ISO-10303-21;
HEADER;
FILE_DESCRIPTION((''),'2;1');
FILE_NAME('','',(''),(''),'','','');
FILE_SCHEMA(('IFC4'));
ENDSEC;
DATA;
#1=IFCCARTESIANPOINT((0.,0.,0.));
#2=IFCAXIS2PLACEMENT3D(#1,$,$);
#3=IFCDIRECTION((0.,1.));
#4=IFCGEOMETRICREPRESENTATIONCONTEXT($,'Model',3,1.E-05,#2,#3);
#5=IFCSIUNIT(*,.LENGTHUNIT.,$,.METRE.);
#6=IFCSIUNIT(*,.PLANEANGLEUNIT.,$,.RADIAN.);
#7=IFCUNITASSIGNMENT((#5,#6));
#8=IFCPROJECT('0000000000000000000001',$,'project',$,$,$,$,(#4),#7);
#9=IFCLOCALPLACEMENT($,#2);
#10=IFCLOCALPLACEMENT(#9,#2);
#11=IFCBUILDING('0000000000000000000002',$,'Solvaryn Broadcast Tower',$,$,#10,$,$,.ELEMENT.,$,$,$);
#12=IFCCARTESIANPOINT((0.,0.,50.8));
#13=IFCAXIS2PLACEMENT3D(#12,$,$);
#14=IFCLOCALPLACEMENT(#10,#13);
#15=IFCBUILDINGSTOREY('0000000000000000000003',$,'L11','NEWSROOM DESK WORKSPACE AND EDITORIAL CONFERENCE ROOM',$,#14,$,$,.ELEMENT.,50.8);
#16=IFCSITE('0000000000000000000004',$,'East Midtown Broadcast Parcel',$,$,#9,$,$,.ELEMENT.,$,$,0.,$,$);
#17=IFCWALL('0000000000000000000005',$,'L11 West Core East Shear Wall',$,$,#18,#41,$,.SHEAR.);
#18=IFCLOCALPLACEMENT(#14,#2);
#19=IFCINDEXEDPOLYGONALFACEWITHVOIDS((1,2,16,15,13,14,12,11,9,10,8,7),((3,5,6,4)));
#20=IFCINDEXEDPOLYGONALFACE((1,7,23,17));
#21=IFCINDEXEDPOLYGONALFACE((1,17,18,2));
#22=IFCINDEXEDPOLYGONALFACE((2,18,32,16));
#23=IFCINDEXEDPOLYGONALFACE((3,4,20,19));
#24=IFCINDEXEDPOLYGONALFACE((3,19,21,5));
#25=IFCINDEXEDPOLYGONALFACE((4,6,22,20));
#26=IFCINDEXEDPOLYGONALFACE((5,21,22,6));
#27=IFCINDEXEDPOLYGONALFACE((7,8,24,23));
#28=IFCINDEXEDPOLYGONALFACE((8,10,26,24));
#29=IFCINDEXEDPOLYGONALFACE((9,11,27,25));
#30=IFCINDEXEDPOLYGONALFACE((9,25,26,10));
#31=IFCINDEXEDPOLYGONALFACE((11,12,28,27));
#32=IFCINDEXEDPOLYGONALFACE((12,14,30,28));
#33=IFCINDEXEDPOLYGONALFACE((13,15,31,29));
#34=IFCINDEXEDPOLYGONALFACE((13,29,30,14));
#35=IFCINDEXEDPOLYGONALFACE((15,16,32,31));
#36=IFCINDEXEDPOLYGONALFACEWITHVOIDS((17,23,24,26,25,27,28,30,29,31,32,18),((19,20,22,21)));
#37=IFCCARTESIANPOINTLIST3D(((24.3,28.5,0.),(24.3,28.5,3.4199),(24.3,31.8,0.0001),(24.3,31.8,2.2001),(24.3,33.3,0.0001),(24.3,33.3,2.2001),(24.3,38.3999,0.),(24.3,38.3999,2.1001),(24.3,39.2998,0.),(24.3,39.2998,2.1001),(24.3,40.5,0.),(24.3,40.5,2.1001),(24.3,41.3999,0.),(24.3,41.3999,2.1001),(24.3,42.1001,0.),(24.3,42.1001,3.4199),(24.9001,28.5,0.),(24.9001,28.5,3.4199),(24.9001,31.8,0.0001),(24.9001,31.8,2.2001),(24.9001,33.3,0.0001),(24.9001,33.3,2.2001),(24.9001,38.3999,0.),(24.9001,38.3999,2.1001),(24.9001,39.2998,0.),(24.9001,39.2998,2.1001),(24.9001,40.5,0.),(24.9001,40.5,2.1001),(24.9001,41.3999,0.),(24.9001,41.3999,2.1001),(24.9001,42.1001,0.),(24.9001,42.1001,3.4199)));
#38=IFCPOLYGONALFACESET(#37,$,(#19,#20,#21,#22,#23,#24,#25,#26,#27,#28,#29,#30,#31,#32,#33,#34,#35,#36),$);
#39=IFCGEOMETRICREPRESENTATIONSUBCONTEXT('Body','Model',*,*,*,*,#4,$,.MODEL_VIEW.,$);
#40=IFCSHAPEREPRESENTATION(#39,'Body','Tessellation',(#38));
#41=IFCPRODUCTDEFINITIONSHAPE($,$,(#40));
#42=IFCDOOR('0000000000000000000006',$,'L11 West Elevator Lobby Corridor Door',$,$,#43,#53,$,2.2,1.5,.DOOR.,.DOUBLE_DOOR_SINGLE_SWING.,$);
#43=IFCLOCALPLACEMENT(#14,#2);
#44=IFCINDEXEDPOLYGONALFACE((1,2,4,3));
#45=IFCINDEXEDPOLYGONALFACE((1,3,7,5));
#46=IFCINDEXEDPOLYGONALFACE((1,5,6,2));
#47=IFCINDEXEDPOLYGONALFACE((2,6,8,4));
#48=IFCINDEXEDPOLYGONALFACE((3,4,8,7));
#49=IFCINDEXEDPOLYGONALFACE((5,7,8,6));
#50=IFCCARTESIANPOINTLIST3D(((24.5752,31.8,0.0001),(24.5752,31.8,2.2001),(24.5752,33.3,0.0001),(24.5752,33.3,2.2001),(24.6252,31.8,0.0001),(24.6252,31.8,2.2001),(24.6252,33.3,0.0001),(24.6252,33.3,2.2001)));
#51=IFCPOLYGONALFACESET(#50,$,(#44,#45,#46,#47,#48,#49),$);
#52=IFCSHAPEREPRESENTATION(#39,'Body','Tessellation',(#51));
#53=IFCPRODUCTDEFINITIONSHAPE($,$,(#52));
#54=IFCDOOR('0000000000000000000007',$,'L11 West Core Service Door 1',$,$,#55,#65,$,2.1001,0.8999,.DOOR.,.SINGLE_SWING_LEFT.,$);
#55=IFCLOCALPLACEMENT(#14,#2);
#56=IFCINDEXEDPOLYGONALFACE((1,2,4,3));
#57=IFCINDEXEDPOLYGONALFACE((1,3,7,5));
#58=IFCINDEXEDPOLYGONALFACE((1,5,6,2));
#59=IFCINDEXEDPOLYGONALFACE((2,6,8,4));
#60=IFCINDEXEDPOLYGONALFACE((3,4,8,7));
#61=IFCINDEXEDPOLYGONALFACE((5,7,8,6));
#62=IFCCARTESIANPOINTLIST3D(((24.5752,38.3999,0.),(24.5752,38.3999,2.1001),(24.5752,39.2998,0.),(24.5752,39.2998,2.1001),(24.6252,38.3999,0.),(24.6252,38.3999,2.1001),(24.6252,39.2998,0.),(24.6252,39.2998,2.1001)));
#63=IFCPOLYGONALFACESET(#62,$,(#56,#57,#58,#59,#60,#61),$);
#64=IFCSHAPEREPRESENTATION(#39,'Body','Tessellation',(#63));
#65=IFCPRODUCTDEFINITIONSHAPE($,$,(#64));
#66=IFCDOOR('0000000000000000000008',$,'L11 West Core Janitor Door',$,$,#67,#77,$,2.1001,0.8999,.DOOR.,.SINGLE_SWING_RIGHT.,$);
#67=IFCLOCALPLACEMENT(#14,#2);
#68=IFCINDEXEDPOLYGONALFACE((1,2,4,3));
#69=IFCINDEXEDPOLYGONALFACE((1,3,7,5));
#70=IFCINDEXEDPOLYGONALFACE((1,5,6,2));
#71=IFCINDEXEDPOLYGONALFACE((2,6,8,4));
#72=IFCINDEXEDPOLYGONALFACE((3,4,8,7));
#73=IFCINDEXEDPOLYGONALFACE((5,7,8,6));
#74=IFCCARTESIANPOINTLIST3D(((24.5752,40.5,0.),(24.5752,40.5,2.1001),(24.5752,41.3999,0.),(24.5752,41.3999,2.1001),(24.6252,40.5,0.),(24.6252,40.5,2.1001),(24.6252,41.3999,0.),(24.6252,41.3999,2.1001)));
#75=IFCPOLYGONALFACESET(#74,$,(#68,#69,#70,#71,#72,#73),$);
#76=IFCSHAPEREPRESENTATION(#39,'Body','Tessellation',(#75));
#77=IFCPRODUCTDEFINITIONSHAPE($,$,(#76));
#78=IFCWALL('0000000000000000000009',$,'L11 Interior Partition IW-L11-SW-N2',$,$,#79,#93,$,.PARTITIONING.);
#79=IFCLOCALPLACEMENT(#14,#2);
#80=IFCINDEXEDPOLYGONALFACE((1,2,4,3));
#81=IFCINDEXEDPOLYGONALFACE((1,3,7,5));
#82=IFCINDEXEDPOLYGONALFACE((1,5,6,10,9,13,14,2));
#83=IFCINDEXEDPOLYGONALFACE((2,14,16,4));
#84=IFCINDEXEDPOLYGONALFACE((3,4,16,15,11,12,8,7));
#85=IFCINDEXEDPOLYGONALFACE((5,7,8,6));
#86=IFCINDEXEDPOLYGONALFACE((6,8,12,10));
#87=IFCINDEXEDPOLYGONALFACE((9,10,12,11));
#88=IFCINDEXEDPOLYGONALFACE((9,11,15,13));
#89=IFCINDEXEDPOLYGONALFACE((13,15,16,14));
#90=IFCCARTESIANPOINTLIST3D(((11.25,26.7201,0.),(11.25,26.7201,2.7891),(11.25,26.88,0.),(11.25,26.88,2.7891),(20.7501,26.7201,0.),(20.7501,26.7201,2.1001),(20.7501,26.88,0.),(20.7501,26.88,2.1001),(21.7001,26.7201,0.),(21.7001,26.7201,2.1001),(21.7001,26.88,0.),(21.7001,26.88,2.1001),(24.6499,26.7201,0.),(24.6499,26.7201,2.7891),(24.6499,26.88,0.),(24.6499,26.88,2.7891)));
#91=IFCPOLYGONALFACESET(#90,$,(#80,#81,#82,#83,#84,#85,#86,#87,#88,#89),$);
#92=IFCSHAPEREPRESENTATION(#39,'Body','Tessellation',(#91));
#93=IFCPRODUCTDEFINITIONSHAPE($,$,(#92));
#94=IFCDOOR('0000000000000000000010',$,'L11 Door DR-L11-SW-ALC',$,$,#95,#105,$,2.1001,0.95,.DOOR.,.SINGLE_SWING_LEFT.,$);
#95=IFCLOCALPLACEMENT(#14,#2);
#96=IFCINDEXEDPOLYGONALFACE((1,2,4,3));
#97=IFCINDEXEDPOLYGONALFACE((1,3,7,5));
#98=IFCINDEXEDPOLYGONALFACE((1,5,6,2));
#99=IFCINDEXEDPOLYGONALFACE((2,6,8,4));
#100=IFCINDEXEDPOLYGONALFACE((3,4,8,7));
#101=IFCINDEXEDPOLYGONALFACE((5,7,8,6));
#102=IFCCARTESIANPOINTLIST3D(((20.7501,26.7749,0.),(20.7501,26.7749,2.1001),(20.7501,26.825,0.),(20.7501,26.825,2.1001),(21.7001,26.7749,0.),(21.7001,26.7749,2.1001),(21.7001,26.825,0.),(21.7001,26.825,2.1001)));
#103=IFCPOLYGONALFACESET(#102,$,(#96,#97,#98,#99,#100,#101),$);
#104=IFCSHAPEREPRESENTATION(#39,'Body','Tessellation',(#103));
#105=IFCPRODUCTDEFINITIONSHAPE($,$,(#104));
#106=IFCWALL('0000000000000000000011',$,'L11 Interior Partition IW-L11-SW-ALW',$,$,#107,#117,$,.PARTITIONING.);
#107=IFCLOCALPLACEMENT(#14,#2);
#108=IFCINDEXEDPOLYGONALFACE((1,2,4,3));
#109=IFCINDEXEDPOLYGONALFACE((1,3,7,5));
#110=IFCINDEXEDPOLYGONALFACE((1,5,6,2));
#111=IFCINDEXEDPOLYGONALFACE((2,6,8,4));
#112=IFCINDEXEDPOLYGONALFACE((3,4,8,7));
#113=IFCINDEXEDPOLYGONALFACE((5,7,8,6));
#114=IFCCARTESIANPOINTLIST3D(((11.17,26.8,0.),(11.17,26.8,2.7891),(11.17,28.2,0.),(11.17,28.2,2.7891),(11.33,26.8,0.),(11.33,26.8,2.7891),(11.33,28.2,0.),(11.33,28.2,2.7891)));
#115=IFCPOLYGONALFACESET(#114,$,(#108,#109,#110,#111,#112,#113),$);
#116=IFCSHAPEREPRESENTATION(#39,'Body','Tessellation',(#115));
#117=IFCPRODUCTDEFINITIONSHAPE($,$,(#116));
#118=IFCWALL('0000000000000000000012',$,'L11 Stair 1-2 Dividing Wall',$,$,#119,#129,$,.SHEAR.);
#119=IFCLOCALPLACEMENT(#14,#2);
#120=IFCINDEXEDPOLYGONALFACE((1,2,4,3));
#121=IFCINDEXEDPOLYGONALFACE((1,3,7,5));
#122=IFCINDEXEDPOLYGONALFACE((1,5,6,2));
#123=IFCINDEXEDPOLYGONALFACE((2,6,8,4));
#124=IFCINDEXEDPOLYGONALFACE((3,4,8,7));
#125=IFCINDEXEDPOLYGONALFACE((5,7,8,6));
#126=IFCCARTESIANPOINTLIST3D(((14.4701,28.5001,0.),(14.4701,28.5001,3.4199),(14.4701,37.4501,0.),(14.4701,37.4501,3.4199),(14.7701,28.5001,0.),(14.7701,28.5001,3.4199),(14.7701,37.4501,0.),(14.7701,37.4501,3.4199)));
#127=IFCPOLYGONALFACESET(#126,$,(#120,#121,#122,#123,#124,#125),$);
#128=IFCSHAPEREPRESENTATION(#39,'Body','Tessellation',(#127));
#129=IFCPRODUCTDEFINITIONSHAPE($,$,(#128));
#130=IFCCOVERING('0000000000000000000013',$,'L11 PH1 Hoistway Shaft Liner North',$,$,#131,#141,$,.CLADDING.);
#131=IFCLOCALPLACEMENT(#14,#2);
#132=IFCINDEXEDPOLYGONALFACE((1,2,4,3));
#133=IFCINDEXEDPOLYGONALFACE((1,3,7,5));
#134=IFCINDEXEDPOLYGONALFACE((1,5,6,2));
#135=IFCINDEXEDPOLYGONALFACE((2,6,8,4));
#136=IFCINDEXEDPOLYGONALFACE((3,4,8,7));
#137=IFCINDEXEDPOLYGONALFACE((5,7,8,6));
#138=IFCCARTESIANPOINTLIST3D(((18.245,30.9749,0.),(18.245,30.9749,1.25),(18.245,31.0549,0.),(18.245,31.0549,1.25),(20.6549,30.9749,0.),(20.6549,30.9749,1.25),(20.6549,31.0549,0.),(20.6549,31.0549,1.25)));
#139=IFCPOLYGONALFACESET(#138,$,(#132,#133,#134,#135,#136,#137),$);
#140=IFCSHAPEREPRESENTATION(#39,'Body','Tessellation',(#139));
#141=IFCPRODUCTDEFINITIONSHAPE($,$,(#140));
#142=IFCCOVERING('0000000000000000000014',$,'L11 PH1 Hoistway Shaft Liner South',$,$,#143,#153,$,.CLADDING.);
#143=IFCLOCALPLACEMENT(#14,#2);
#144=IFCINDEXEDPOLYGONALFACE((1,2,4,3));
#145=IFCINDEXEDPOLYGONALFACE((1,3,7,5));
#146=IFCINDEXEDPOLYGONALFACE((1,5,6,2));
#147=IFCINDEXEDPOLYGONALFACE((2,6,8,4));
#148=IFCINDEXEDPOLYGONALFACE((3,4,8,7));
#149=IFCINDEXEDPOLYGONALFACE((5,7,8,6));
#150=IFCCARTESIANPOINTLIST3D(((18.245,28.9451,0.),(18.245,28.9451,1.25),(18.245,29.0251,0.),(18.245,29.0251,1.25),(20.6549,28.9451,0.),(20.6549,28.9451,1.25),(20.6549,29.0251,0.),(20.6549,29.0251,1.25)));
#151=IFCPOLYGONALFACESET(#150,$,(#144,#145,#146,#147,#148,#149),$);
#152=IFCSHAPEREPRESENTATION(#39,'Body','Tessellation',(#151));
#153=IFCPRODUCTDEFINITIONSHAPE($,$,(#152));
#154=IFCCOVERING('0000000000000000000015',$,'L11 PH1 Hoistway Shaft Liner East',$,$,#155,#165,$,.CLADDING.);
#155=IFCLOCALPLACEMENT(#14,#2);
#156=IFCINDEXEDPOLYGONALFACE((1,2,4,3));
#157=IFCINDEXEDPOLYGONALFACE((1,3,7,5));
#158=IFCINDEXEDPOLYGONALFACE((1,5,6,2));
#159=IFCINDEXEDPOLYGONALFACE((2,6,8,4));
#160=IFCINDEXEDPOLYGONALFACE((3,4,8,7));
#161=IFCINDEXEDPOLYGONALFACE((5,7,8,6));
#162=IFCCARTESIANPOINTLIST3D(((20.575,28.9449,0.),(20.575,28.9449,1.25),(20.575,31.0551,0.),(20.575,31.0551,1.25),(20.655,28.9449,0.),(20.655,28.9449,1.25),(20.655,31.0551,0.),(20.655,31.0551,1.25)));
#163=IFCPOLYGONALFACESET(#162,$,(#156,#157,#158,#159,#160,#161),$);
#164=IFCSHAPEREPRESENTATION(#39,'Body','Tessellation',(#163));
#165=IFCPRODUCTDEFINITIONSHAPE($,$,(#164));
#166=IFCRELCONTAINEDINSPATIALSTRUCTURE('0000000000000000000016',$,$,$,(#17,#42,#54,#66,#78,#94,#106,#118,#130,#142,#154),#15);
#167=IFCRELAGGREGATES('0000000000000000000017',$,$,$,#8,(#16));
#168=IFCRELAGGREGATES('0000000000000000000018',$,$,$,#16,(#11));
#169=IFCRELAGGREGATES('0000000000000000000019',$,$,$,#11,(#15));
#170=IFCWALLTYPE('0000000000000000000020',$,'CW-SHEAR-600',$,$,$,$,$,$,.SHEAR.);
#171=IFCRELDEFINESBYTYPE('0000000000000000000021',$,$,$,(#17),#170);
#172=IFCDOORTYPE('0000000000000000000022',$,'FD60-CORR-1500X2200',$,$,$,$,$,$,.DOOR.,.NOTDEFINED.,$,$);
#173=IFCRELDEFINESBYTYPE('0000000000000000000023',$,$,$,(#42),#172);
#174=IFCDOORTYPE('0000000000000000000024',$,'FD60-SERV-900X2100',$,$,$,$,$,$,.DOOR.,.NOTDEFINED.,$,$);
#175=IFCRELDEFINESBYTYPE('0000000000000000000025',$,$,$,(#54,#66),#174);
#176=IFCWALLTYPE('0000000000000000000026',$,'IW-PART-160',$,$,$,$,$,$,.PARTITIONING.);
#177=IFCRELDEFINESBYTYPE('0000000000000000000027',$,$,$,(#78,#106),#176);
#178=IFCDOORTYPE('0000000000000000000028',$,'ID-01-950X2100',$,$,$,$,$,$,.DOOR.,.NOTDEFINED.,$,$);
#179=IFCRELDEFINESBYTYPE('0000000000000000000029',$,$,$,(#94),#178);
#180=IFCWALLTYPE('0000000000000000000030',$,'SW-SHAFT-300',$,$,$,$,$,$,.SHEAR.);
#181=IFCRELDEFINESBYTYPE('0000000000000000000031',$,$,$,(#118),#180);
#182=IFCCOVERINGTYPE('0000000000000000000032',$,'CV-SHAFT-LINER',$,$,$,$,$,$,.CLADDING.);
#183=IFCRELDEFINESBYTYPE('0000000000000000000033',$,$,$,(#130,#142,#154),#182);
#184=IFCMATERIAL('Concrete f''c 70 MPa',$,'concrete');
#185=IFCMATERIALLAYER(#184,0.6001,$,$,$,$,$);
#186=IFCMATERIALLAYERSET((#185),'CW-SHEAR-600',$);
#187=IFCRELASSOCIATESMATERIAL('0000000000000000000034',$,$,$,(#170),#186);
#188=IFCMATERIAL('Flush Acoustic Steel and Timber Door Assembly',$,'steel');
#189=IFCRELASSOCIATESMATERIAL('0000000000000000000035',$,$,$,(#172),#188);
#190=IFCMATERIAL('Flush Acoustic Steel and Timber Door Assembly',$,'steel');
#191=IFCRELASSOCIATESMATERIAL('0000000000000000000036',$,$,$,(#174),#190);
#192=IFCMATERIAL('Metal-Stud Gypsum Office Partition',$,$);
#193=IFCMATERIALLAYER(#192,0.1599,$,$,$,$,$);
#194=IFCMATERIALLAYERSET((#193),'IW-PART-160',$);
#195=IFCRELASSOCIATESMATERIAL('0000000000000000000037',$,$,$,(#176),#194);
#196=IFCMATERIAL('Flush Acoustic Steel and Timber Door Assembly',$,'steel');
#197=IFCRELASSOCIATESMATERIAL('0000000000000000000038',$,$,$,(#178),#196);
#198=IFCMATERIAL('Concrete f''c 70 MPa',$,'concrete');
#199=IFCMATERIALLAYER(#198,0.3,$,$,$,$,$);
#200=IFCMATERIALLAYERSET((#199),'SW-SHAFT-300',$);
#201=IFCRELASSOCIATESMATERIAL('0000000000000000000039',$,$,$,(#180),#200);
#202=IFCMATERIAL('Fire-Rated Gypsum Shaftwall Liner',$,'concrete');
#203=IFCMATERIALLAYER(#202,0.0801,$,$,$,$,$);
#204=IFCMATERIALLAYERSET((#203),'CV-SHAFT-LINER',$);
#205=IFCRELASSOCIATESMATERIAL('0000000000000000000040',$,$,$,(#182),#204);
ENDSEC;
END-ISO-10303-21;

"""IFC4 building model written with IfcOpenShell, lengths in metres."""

from ifc_helpers import new_model, si_unit, direction, frame, frame_2d, origin, origin_2d, place, context, subcontext, project, spatial, rectangle, extrude, material, layer, layer_set, type_object, element, fill, save


model = new_model("IFC4")

# Units and contexts
model_context = context("Model", 3, precision=1e-05, world=origin(), true_north=direction((0.0, 1.0)))
body_context = subcontext(model_context, "Body", "Model", "MODEL_VIEW")
ifc_project = project(units=[si_unit("LENGTHUNIT", "METRE"), si_unit("PLANEANGLEUNIT", "RADIAN")], contexts=[model_context])

# Site, building, storey
site_placement = place(None, origin())
site = spatial("IfcSite", under=ifc_project, at=site_placement, Name="East Midtown Broadcast Parcel", CompositionType="ELEMENT", RefElevation=0.0)
building_placement = place(site_placement, origin())
building = spatial("IfcBuilding", under=site, at=building_placement, Name="Solvaryn Broadcast Tower", CompositionType="ELEMENT")
storey_placement = place(building_placement, frame((0.0, 0.0, 50.8)))
storey = spatial("IfcBuildingStorey", under=building, at=storey_placement, Name="L11", Description="NEWSROOM DESK WORKSPACE AND EDITORIAL CONFERENCE ROOM", CompositionType="ELEMENT", Elevation=50.8)

# Shared definitions
ifc_material_1 = material(Name="Concrete f'c 70 MPa", Category="concrete")
ifc_layer_1 = layer(ifc_material_1, 0.6001)
ifc_layer_set_1 = layer_set([ifc_layer_1], Name="CW-SHEAR-600")
wall_type_1 = type_object("IfcWallType", Name="CW-SHEAR-600", PredefinedType="SHEAR", material=ifc_layer_set_1)

# Wall, openings, doors
wall_1_placement = place(storey_placement, frame((24.6001, 28.5, 0.0), z_axis=(0.0, 0.0, 1.0), x_axis=(0.0, 1.0, 0.0)))
wall_1 = element("IfcWall", 1, at=wall_1_placement, inside=storey, type_object=wall_type_1, Name="L11 West Core East Shear Wall", PredefinedType="SHEAR", context=body_context, shape_type="SweptSolid", body=[
    extrude(rectangle(XDim=13.6001, YDim=0.6001, at=frame_2d((6.8, 0.0))), origin(), (0.0, 0.0, 1.0), 3.4199),
])
opening_1_placement = place(wall_1_placement, frame((3.3, 0.0, 0.0)))
opening_1 = element("IfcOpeningElement", 2, at=opening_1_placement, cuts=wall_1, PredefinedType="OPENING", context=body_context, shape_type="SweptSolid", body=[
    extrude(rectangle(XDim=1.5, YDim=2.2, at=frame_2d((0.75, 1.1001))), frame((0.0, 0.3101, 0.0), z_axis=(0.0, -1.0, 0.0), x_axis=(1.0, 0.0, 0.0)), (0.0, 0.0, 1.0), 0.6201),
])
opening_2_placement = place(wall_1_placement, frame((9.8999, 0.0, 0.0)))
opening_2 = element("IfcOpeningElement", 3, at=opening_2_placement, cuts=wall_1, PredefinedType="OPENING", context=body_context, shape_type="SweptSolid", body=[
    extrude(rectangle(XDim=0.8999, YDim=2.1001, at=frame_2d((0.45, 1.05))), frame((0.0, 0.3101, 0.0), z_axis=(0.0, -1.0, 0.0), x_axis=(1.0, 0.0, 0.0)), (0.0, 0.0, 1.0), 0.6201),
])
opening_3_placement = place(wall_1_placement, frame((12.0, 0.0, 0.0)))
opening_3 = element("IfcOpeningElement", 4, at=opening_3_placement, cuts=wall_1, PredefinedType="OPENING", context=body_context, shape_type="SweptSolid", body=[
    extrude(rectangle(XDim=0.8999, YDim=2.1001, at=frame_2d((0.45, 1.05))), frame((0.0, 0.3101, 0.0), z_axis=(0.0, -1.0, 0.0), x_axis=(1.0, 0.0, 0.0)), (0.0, 0.0, 1.0), 0.6201),
])
ifc_material_2 = material(Name="Flush Acoustic Steel and Timber Door Assembly", Category="steel")
door_type_1 = type_object("IfcDoorType", Name="FD60-CORR-1500X2200", OperationType="NOTDEFINED", PredefinedType="DOOR", material=ifc_material_2)
door_1_placement = place(opening_1_placement, origin())
door_1 = element("IfcDoor", 5, at=door_1_placement, inside=storey, type_object=door_type_1, Name="L11 West Elevator Lobby Corridor Door", OperationType="DOUBLE_DOOR_SINGLE_SWING", OverallHeight=2.2, OverallWidth=1.5, PredefinedType="DOOR", context=body_context, shape_type="SweptSolid", body=[
    extrude(rectangle(XDim=1.5, YDim=2.2, at=frame_2d((0.75, 1.1001))), frame((0.0, 0.0249, 0.0), z_axis=(0.0, -1.0, 0.0), x_axis=(1.0, 0.0, 0.0)), (0.0, 0.0, 1.0), 0.05),
])
fill(opening_1, door_1)
ifc_material_3 = material(Name="Flush Acoustic Steel and Timber Door Assembly", Category="steel")
door_type_2 = type_object("IfcDoorType", Name="FD60-SERV-900X2100", OperationType="NOTDEFINED", PredefinedType="DOOR", material=ifc_material_3)
door_2_placement = place(opening_2_placement, origin())
door_2 = element("IfcDoor", 6, at=door_2_placement, inside=storey, type_object=door_type_2, Name="L11 West Core Service Door 1", OperationType="SINGLE_SWING_LEFT", OverallHeight=2.1001, OverallWidth=0.8999, PredefinedType="DOOR", context=body_context, shape_type="SweptSolid", body=[
    extrude(rectangle(XDim=0.8999, YDim=2.1001, at=frame_2d((0.45, 1.05))), frame((0.0, 0.0249, 0.0), z_axis=(0.0, -1.0, 0.0), x_axis=(1.0, 0.0, 0.0)), (0.0, 0.0, 1.0), 0.05),
])
fill(opening_2, door_2)
door_3_placement = place(opening_3_placement, origin())
door_3 = element("IfcDoor", 7, at=door_3_placement, inside=storey, type_object=door_type_2, Name="L11 West Core Janitor Door", OperationType="SINGLE_SWING_RIGHT", OverallHeight=2.1001, OverallWidth=0.8999, PredefinedType="DOOR", context=body_context, shape_type="SweptSolid", body=[
    extrude(rectangle(XDim=0.8999, YDim=2.1001, at=frame_2d((0.45, 1.05))), frame((0.0, 0.0249, 0.0), z_axis=(0.0, -1.0, 0.0), x_axis=(1.0, 0.0, 0.0)), (0.0, 0.0, 1.0), 0.05),
])
fill(opening_3, door_3)

# Wall, opening, door
ifc_material_4 = material(Name="Metal-Stud Gypsum Office Partition")
ifc_layer_2 = layer(ifc_material_4, 0.1599)
ifc_layer_set_2 = layer_set([ifc_layer_2], Name="IW-PART-160")
wall_type_2 = type_object("IfcWallType", Name="IW-PART-160", PredefinedType="PARTITIONING", material=ifc_layer_set_2)
wall_2_placement = place(storey_placement, frame((11.25, 26.8, 0.0), z_axis=(0.0, 0.0, 1.0), x_axis=(1.0, 0.0, 0.0)))
wall_2 = element("IfcWall", 8, at=wall_2_placement, inside=storey, type_object=wall_type_2, Name="L11 Interior Partition IW-L11-SW-N2", PredefinedType="PARTITIONING", context=body_context, shape_type="SweptSolid", body=[
    extrude(rectangle(XDim=13.3999, YDim=0.1599, at=frame_2d((6.7, 0.0))), origin(), (0.0, 0.0, 1.0), 2.7891),
])
opening_4_placement = place(wall_2_placement, frame((9.5, 0.0, 0.0)))
opening_4 = element("IfcOpeningElement", 9, at=opening_4_placement, cuts=wall_2, PredefinedType="OPENING", context=body_context, shape_type="SweptSolid", body=[
    extrude(rectangle(XDim=0.95, YDim=2.1001, at=frame_2d((0.4751, 1.05))), frame((0.0, 0.0901, 0.0), z_axis=(0.0, -1.0, 0.0), x_axis=(1.0, 0.0, 0.0)), (0.0, 0.0, 1.0), 0.1799),
])
ifc_material_5 = material(Name="Flush Acoustic Steel and Timber Door Assembly", Category="steel")
door_type_3 = type_object("IfcDoorType", Name="ID-01-950X2100", OperationType="NOTDEFINED", PredefinedType="DOOR", material=ifc_material_5)
door_4_placement = place(opening_4_placement, origin())
door_4 = element("IfcDoor", 10, at=door_4_placement, inside=storey, type_object=door_type_3, Name="L11 Door DR-L11-SW-ALC", OperationType="SINGLE_SWING_LEFT", OverallHeight=2.1001, OverallWidth=0.95, PredefinedType="DOOR", context=body_context, shape_type="SweptSolid", body=[
    extrude(rectangle(XDim=0.95, YDim=2.1001, at=frame_2d((0.4751, 1.05))), frame((0.0, 0.0249, 0.0), z_axis=(0.0, -1.0, 0.0), x_axis=(1.0, 0.0, 0.0)), (0.0, 0.0, 1.0), 0.05),
])
fill(opening_4, door_4)

# Wall
wall_3_placement = place(storey_placement, frame((11.25, 26.8, 0.0), z_axis=(0.0, 0.0, 1.0), x_axis=(0.0, 1.0, 0.0)))
element("IfcWall", 11, at=wall_3_placement, inside=storey, type_object=wall_type_2, Name="L11 Interior Partition IW-L11-SW-ALW", PredefinedType="PARTITIONING", context=body_context, shape_type="SweptSolid", body=[
    extrude(rectangle(XDim=1.3999, YDim=0.1599, at=frame_2d((0.7, 0.0))), origin(), (0.0, 0.0, 1.0), 2.7891),
])

# Wall
ifc_material_6 = material(Name="Concrete f'c 70 MPa", Category="concrete")
ifc_layer_3 = layer(ifc_material_6, 0.3)
ifc_layer_set_3 = layer_set([ifc_layer_3], Name="SW-SHAFT-300")
wall_type_3 = type_object("IfcWallType", Name="SW-SHAFT-300", PredefinedType="SHEAR", material=ifc_layer_set_3)
wall_4_placement = place(storey_placement, frame((14.6201, 28.5, 0.0), z_axis=(0.0, 0.0, 1.0), x_axis=(0.0, 1.0, 0.0)))
element("IfcWall", 12, at=wall_4_placement, inside=storey, type_object=wall_type_3, Name="L11 Stair 1-2 Dividing Wall", PredefinedType="SHEAR", context=body_context, shape_type="SweptSolid", body=[
    extrude(rectangle(XDim=8.95, YDim=0.3, at=frame_2d((4.4751, 0.0))), origin(), (0.0, 0.0, 1.0), 3.4199),
])

# Coverings
ifc_material_7 = material(Name="Fire-Rated Gypsum Shaftwall Liner", Category="concrete")
ifc_layer_4 = layer(ifc_material_7, 0.0801)
ifc_layer_set_4 = layer_set([ifc_layer_4], Name="CV-SHAFT-LINER")
covering_type = type_object("IfcCoveringType", Name="CV-SHAFT-LINER", PredefinedType="CLADDING", material=ifc_layer_set_4)
for number, where, z_axis, x_axis, name in (
    (13, (19.45, 31.0149, 0.0), (0.0, 0.0, 1.0), (1.0, 0.0, 0.0), "L11 PH1 Hoistway Shaft Liner North"),
    (14, (19.45, 28.9851, 0.0), (0.0, 0.0, 1.0), (1.0, 0.0, 0.0), "L11 PH1 Hoistway Shaft Liner South"),
):
    element("IfcCovering", number, at=place(storey_placement, frame(where, z_axis=z_axis, x_axis=x_axis)), inside=storey, type_object=covering_type, Name=name, PredefinedType="CLADDING", context=body_context, shape_type="SweptSolid", body=[
        extrude(rectangle(XDim=2.4099, YDim=0.0801, at=origin_2d()), origin(), (0.0, 0.0, 1.0), 1.25),
    ])
for number, where, z_axis, x_axis, name in (
    (15, (20.615, 30.0, 0.0), (0.0, 0.0, 1.0), (1.0, 0.0, 0.0), "L11 PH1 Hoistway Shaft Liner East"),
):
    element("IfcCovering", number, at=place(storey_placement, frame(where, z_axis=z_axis, x_axis=x_axis)), inside=storey, type_object=covering_type, Name=name, PredefinedType="CLADDING", context=body_context, shape_type="SweptSolid", body=[
        extrude(rectangle(XDim=0.0801, YDim=2.1101, at=origin_2d()), origin(), (0.0, 0.0, 1.0), 1.25),
    ])

save(model, "model.ifc")
